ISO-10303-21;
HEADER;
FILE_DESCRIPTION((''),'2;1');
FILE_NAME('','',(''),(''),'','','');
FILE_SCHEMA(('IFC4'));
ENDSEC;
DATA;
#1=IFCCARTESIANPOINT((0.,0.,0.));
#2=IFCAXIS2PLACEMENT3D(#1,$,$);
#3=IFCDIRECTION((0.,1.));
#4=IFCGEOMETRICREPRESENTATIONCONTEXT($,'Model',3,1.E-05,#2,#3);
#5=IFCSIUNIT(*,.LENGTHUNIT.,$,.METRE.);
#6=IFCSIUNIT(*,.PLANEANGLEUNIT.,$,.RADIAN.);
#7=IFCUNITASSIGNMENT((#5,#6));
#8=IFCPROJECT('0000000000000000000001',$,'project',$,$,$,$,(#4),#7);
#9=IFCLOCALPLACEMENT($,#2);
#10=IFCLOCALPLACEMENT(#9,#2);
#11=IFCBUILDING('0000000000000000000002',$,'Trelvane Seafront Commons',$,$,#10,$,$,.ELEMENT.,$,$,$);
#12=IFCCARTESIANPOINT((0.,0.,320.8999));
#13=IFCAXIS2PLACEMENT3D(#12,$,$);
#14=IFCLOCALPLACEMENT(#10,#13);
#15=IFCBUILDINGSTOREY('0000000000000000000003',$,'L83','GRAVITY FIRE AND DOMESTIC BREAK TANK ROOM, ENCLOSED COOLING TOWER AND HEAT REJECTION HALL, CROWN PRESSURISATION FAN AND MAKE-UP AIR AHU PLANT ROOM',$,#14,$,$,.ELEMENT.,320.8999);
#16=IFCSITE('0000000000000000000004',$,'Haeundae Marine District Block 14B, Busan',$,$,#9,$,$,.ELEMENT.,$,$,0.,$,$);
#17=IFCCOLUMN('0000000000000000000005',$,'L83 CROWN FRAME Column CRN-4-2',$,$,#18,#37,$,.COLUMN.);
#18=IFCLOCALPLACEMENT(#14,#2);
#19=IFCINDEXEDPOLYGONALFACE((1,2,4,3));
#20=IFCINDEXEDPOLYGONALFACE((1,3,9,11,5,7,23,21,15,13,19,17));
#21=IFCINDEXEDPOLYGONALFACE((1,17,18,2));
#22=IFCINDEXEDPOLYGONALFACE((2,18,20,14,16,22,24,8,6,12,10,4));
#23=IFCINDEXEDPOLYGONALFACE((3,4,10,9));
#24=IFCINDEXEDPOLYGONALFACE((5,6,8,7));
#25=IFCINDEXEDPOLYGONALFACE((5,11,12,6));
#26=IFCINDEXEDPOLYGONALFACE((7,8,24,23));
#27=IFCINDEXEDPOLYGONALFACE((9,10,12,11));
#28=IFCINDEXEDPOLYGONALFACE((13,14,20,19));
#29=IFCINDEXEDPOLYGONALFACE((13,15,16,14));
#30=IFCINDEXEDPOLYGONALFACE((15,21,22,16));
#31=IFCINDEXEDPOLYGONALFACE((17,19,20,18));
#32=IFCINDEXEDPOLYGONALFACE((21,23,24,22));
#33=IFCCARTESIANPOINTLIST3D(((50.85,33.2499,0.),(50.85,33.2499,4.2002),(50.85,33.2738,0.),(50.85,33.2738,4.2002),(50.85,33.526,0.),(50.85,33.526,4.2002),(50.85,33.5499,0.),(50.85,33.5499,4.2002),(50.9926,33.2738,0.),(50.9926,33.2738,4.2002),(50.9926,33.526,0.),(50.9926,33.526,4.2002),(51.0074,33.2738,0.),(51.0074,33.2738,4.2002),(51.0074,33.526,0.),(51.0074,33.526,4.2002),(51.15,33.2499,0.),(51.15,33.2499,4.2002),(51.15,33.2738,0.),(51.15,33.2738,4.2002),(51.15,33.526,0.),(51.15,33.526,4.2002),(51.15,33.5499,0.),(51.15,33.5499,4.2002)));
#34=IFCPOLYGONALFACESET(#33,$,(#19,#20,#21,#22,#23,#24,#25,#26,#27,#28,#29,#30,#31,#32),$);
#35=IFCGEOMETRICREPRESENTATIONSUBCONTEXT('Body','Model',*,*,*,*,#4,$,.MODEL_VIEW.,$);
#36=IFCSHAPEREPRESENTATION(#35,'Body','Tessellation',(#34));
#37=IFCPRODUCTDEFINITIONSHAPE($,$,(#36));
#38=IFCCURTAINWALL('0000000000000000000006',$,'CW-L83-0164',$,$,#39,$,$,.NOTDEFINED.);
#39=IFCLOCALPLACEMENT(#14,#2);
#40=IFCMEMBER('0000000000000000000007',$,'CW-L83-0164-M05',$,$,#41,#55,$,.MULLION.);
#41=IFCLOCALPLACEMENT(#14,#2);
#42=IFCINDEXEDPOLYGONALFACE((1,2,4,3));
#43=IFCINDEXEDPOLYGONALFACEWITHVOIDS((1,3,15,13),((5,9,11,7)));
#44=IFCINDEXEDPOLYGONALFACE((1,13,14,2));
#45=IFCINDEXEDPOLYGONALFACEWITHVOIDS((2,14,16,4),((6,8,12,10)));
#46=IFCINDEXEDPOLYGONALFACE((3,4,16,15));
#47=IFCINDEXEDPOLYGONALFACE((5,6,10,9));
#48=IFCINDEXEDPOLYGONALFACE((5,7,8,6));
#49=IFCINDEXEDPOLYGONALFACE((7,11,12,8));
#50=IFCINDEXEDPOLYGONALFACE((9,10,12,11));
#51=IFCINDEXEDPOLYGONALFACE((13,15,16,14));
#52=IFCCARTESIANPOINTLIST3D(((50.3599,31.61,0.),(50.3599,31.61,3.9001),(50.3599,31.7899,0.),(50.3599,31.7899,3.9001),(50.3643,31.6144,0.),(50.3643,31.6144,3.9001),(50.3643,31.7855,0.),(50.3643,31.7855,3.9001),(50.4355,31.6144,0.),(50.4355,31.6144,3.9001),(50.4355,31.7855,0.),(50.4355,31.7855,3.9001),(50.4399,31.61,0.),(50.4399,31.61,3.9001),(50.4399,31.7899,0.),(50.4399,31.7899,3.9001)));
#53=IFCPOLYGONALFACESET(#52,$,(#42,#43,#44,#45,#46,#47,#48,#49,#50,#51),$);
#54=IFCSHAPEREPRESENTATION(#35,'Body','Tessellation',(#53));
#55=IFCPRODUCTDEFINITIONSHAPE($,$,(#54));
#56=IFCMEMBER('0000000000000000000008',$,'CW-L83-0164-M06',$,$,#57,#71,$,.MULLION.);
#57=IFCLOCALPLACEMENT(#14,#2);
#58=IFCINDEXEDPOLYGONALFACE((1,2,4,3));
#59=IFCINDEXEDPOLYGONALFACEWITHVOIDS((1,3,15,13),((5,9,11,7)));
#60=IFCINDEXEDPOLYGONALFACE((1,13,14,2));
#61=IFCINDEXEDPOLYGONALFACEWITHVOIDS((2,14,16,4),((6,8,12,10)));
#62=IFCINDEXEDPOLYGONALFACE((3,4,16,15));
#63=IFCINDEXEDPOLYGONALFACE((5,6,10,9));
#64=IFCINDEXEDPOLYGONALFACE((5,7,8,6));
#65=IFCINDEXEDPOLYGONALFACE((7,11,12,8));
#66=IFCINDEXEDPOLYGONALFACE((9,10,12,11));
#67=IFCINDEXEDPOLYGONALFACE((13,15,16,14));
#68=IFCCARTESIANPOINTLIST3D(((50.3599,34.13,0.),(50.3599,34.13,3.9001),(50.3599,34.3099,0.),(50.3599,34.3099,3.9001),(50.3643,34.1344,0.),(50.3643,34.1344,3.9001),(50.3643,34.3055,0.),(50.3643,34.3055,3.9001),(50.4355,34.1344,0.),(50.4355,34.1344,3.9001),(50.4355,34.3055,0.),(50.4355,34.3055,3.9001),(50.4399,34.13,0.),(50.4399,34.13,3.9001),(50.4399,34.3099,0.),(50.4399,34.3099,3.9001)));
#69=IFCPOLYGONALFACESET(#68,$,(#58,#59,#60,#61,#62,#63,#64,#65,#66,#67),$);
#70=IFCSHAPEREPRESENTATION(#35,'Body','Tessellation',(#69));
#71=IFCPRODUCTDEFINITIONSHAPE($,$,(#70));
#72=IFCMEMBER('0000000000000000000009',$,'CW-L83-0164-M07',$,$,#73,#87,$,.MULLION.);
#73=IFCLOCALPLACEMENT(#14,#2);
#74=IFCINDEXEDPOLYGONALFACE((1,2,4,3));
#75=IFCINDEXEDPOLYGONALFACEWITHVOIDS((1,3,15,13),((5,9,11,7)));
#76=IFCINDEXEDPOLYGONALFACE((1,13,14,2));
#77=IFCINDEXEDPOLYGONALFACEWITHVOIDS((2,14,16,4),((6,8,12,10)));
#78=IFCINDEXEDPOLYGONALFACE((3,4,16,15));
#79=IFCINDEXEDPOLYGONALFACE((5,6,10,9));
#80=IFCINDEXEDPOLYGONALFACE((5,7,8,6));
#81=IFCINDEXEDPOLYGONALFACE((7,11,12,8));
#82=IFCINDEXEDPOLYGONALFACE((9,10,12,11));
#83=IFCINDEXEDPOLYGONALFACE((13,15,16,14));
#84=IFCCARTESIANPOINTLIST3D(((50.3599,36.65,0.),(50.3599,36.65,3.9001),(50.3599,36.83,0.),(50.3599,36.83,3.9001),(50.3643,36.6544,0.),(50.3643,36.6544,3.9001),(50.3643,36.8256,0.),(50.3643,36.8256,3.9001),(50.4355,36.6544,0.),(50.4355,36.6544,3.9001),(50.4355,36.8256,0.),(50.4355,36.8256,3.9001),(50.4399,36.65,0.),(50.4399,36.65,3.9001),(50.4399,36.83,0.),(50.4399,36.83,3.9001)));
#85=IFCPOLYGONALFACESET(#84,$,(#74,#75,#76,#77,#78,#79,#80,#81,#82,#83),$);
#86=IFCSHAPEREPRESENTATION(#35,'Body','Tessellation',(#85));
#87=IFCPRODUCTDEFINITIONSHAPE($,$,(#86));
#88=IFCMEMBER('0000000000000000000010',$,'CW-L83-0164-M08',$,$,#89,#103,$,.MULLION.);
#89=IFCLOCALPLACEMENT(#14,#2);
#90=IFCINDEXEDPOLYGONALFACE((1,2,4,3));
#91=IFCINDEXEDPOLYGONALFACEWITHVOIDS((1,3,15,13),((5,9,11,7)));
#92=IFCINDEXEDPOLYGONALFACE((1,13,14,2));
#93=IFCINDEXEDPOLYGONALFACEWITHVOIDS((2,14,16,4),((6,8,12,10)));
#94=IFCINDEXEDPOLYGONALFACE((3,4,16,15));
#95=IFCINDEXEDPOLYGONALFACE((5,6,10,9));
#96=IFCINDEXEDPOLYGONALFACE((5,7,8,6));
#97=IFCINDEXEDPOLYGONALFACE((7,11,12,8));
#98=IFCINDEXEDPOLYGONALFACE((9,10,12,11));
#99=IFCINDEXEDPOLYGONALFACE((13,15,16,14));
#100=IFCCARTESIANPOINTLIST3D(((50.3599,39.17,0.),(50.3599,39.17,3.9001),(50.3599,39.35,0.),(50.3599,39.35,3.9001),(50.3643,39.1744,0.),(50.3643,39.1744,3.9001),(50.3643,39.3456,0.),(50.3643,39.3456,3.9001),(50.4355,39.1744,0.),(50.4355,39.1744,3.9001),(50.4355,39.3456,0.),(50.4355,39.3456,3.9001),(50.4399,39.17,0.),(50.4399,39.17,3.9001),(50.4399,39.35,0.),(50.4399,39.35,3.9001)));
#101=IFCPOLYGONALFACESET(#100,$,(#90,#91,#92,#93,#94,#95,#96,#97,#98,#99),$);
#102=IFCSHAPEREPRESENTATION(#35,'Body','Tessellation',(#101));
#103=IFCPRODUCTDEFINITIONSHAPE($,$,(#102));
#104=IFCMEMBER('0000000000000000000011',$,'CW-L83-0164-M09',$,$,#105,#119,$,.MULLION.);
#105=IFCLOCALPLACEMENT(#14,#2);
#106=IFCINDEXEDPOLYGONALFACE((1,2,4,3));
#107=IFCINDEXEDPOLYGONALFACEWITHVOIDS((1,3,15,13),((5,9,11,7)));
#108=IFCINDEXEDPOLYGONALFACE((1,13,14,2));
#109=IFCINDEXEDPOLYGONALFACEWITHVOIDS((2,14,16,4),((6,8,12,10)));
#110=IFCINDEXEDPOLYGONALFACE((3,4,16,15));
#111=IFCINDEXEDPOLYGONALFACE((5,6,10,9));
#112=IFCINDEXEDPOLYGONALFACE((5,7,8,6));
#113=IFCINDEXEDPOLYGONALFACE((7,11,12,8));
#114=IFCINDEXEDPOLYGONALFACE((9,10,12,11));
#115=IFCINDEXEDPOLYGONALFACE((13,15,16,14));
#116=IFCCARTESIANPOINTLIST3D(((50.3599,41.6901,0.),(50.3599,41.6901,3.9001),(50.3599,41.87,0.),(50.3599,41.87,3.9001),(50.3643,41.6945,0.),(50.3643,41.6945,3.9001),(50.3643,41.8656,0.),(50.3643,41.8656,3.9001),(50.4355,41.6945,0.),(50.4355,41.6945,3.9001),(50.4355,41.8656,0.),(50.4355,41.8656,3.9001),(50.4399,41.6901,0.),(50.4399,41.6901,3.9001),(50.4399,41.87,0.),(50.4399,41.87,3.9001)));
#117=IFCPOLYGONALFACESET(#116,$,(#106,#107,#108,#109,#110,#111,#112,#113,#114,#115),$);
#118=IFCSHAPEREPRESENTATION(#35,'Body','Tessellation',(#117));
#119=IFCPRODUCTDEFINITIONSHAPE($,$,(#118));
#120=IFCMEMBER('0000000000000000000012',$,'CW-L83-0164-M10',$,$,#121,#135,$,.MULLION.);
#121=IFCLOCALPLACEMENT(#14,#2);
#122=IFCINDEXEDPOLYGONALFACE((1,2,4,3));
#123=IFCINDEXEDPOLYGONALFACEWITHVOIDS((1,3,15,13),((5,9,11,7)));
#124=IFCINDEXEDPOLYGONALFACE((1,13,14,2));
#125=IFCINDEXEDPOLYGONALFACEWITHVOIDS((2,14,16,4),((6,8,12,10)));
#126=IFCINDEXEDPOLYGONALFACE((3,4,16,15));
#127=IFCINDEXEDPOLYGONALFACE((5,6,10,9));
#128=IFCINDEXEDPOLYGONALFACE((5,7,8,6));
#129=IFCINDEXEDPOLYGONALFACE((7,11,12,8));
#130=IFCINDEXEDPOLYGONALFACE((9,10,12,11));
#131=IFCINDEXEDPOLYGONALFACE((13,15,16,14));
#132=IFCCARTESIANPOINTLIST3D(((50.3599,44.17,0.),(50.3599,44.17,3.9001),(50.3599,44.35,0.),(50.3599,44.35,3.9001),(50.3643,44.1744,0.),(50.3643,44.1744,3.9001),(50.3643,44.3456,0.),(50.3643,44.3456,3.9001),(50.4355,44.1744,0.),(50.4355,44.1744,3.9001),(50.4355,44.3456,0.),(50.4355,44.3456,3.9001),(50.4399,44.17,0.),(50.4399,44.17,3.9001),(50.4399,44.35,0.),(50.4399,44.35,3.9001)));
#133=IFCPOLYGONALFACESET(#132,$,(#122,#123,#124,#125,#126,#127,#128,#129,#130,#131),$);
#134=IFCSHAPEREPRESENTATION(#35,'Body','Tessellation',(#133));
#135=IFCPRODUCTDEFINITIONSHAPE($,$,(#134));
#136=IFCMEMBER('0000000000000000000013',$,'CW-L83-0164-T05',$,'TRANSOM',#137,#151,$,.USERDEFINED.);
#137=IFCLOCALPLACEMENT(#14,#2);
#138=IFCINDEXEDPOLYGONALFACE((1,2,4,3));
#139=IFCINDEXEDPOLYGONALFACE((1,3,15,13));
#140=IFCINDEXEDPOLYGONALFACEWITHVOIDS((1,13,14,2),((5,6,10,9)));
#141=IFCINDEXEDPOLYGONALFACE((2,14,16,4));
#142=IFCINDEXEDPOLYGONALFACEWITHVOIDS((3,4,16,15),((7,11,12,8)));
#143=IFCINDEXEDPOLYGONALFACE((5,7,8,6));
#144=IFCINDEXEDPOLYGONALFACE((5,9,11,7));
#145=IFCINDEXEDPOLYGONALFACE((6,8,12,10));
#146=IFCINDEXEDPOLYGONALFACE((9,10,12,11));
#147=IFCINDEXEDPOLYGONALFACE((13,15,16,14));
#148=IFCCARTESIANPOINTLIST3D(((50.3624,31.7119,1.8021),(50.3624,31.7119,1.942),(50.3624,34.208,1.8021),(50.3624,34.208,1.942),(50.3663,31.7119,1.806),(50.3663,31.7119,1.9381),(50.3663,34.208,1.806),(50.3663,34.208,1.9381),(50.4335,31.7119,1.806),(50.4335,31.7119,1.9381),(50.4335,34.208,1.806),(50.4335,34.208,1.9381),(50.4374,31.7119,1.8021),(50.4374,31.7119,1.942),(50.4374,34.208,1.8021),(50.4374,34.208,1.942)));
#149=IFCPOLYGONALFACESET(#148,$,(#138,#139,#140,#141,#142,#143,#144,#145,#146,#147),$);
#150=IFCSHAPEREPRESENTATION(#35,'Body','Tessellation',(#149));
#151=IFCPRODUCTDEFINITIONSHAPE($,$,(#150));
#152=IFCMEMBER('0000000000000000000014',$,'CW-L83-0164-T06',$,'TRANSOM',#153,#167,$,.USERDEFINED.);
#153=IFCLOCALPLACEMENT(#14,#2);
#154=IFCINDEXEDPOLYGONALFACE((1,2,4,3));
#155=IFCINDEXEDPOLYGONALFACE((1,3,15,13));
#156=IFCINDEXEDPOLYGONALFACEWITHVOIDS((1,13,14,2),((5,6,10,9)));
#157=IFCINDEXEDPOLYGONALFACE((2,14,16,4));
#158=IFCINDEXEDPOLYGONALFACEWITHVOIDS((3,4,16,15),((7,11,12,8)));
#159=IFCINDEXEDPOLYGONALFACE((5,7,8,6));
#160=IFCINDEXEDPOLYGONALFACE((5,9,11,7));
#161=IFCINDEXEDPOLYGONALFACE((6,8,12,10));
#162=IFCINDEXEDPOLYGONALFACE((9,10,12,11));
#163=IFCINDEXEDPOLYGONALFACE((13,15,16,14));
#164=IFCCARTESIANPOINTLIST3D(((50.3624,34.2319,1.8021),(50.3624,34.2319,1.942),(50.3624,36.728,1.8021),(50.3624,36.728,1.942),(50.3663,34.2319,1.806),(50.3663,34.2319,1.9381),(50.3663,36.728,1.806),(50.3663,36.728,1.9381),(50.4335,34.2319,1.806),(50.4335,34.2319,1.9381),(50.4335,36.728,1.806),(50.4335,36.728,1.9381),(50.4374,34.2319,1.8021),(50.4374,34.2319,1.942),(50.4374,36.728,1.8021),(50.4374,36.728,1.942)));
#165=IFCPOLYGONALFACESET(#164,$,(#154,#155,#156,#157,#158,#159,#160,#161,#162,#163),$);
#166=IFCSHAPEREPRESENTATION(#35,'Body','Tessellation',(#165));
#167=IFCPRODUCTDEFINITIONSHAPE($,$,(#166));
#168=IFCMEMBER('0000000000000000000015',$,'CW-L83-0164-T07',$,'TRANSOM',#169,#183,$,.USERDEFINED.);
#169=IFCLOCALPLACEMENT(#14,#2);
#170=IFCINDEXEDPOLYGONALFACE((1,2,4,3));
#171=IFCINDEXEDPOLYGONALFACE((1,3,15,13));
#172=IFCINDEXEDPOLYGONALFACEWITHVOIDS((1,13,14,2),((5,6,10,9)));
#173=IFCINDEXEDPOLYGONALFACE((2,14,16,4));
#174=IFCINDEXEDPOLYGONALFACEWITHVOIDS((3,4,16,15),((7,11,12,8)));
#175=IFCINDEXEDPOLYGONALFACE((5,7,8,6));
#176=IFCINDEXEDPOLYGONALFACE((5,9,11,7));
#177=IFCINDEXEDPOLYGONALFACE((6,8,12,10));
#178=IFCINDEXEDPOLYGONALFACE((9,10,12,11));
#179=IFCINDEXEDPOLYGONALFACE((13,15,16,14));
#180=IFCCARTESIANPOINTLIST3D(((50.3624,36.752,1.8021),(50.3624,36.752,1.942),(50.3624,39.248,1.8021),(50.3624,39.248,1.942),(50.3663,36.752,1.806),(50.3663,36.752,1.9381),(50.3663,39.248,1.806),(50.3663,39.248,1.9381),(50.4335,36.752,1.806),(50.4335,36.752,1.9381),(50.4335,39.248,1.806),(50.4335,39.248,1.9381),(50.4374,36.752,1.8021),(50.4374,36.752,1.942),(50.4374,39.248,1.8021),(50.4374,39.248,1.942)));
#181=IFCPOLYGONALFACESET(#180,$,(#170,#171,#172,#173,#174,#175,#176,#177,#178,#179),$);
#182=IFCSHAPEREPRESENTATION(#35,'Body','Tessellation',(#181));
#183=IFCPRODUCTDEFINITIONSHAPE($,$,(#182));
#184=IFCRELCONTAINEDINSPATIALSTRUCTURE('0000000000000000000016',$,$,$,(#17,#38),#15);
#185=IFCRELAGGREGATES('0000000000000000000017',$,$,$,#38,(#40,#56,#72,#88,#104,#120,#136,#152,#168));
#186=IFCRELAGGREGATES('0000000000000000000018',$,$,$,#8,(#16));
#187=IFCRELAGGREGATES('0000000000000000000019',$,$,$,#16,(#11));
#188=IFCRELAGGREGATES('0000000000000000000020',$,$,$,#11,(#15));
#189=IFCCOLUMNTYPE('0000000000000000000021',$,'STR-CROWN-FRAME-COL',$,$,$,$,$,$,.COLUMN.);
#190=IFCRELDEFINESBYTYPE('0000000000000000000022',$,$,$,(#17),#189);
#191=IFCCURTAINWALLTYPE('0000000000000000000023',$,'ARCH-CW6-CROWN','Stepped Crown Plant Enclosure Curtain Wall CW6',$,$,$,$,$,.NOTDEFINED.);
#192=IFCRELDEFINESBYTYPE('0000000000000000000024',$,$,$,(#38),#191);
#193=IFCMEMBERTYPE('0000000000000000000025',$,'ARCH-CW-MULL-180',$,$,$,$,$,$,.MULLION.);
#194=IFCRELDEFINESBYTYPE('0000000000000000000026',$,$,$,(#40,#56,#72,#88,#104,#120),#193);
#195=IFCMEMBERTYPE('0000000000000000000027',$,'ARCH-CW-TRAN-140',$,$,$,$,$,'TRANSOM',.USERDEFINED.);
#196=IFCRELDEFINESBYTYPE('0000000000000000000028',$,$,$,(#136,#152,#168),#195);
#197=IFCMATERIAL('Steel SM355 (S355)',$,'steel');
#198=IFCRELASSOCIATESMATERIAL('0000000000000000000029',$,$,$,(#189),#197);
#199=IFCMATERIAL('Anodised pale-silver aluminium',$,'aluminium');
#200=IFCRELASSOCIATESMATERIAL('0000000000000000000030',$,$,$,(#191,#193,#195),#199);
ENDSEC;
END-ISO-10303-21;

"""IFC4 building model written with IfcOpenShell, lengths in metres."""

from ifc_helpers import new_model, si_unit, direction, frame, origin, origin_2d, place, context, subcontext, project, spatial, hollow_rectangle, i_section, extrude, source, transform, mapped, material, material_profile, profile_set, type_object, element, aggregate, save


model = new_model("IFC4")

# Units and contexts
model_context = context("Model", 3, precision=1e-05, world=origin(), true_north=direction((0.0, 1.0)))
body_context = subcontext(model_context, "Body", "Model", "MODEL_VIEW")
ifc_project = project(units=[si_unit("LENGTHUNIT", "METRE"), si_unit("PLANEANGLEUNIT", "RADIAN")], contexts=[model_context])

# Site, building, storey
site_placement = place(None, origin())
site = spatial("IfcSite", under=ifc_project, at=site_placement, Name="Haeundae Marine District Block 14B, Busan", CompositionType="ELEMENT", RefElevation=0.0)
building_placement = place(site_placement, origin())
building = spatial("IfcBuilding", under=site, at=building_placement, Name="Trelvane Seafront Commons", CompositionType="ELEMENT")
storey_placement = place(building_placement, frame((0.0, 0.0, 320.8999)))
storey = spatial("IfcBuildingStorey", under=building, at=storey_placement, Name="L83", Description="GRAVITY FIRE AND DOMESTIC BREAK TANK ROOM, ENCLOSED COOLING TOWER AND HEAT REJECTION HALL, CROWN PRESSURISATION FAN AND MAKE-UP AIR AHU PLANT ROOM", CompositionType="ELEMENT", Elevation=320.8999)

# Column
ifc_material_1 = material(Name="Steel SM355 (S355)", Category="steel")
ifc_material_profile_1 = material_profile(ifc_material_1, i_section(OverallWidth=0.3, OverallDepth=0.3, WebThickness=0.0149, FlangeThickness=0.0239, at=origin_2d()), Name="HD-300x300x15x24")
ifc_profile_set_1 = profile_set([ifc_material_profile_1], Name="Steel SM355 (S355)")
column_type = type_object("IfcColumnType", Name="STR-CROWN-FRAME-COL", PredefinedType="COLUMN", material=ifc_profile_set_1)
shared_shape_1 = source(origin(), body_context, "Body", "SweptSolid", [
    extrude(i_section(OverallWidth=0.3, OverallDepth=0.3, WebThickness=0.0149, FlangeThickness=0.0239, at=origin_2d()), origin(), (0.0, 0.0, 1.0), 4.2002),
])
column_placement = place(storey_placement, frame((51.0, 33.3999, 0.0), z_axis=(0.0, 0.0, 1.0), x_axis=(1.0, 0.0, 0.0)))
element("IfcColumn", 1, at=column_placement, inside=storey, type_object=column_type, Name="L83 CROWN FRAME Column CRN-4-2", PredefinedType="COLUMN", context=body_context, shape_type="MappedRepresentation", body=[
    mapped(shared_shape_1, transform((0.0, 0.0, 0.0), x_axis=(1.0, 0.0, 0.0), y_axis=(0.0, 1.0, 0.0), z_axis=(0.0, 0.0, 1.0), scale=1.0)),
])

# Curtain wall, members
ifc_material_2 = material(Name="Anodised pale-silver aluminium", Category="aluminium")
curtain_wall_type = type_object("IfcCurtainWallType", Name="ARCH-CW6-CROWN", Description="Stepped Crown Plant Enclosure Curtain Wall CW6", PredefinedType="NOTDEFINED", material=ifc_material_2)
curtain_wall_placement = place(storey_placement, origin())
curtain_wall = element("IfcCurtainWall", 2, at=curtain_wall_placement, inside=storey, type_object=curtain_wall_type, Name="CW-L83-0164", PredefinedType="NOTDEFINED")
ifc_material_profile_2 = material_profile(ifc_material_2, hollow_rectangle(XDim=0.0801, YDim=0.1799, WallThickness=0.0044, at=origin_2d()), Name="MULL-80x180x4.5")
ifc_profile_set_2 = profile_set([ifc_material_profile_2], Name="Anodised pale-silver aluminium")
member_type_1 = type_object("IfcMemberType", Name="ARCH-CW-MULL-180", PredefinedType="MULLION", material=ifc_profile_set_2)
shared_shape_2 = source(origin(), body_context, "Body", "SweptSolid", [
    extrude(hollow_rectangle(XDim=0.0801, YDim=0.1799, WallThickness=0.0044, at=origin_2d()), origin(), (0.0, 0.0, 1.0), 3.9001),
])
member_1_placement = place(storey_placement, frame((50.3999, 31.7, 0.0), z_axis=(0.0, 0.0, 1.0), x_axis=(1.0, 0.0, 0.0)))
member_1 = element("IfcMember", 3, at=member_1_placement, type_object=member_type_1, Name="CW-L83-0164-M05", PredefinedType="MULLION", context=body_context, shape_type="MappedRepresentation", body=[
    mapped(shared_shape_2, transform((0.0, 0.0, 0.0), x_axis=(1.0, 0.0, 0.0), y_axis=(0.0, 1.0, 0.0), z_axis=(0.0, 0.0, 1.0), scale=1.0)),
])
member_2_placement = place(storey_placement, frame((50.3999, 34.22, 0.0), z_axis=(0.0, 0.0, 1.0), x_axis=(1.0, 0.0, 0.0)))
member_2 = element("IfcMember", 4, at=member_2_placement, type_object=member_type_1, Name="CW-L83-0164-M06", PredefinedType="MULLION", context=body_context, shape_type="MappedRepresentation", body=[
    mapped(shared_shape_2, transform((0.0, 0.0, 0.0), x_axis=(1.0, 0.0, 0.0), y_axis=(0.0, 1.0, 0.0), z_axis=(0.0, 0.0, 1.0), scale=1.0)),
])
member_3_placement = place(storey_placement, frame((50.3999, 36.74, 0.0), z_axis=(0.0, 0.0, 1.0), x_axis=(1.0, 0.0, 0.0)))
member_3 = element("IfcMember", 5, at=member_3_placement, type_object=member_type_1, Name="CW-L83-0164-M07", PredefinedType="MULLION", context=body_context, shape_type="MappedRepresentation", body=[
    mapped(shared_shape_2, transform((0.0, 0.0, 0.0), x_axis=(1.0, 0.0, 0.0), y_axis=(0.0, 1.0, 0.0), z_axis=(0.0, 0.0, 1.0), scale=1.0)),
])
member_4_placement = place(storey_placement, frame((50.3999, 39.26, 0.0), z_axis=(0.0, 0.0, 1.0), x_axis=(1.0, 0.0, 0.0)))
member_4 = element("IfcMember", 6, at=member_4_placement, type_object=member_type_1, Name="CW-L83-0164-M08", PredefinedType="MULLION", context=body_context, shape_type="MappedRepresentation", body=[
    mapped(shared_shape_2, transform((0.0, 0.0, 0.0), x_axis=(1.0, 0.0, 0.0), y_axis=(0.0, 1.0, 0.0), z_axis=(0.0, 0.0, 1.0), scale=1.0)),
])
member_5_placement = place(storey_placement, frame((50.3999, 41.78, 0.0), z_axis=(0.0, 0.0, 1.0), x_axis=(1.0, 0.0, 0.0)))
member_5 = element("IfcMember", 7, at=member_5_placement, type_object=member_type_1, Name="CW-L83-0164-M09", PredefinedType="MULLION", context=body_context, shape_type="MappedRepresentation", body=[
    mapped(shared_shape_2, transform((0.0, 0.0, 0.0), x_axis=(1.0, 0.0, 0.0), y_axis=(0.0, 1.0, 0.0), z_axis=(0.0, 0.0, 1.0), scale=1.0)),
])
member_6_placement = place(storey_placement, frame((50.3999, 44.26, 0.0), z_axis=(0.0, 0.0, 1.0), x_axis=(1.0, 0.0, 0.0)))
member_6 = element("IfcMember", 8, at=member_6_placement, type_object=member_type_1, Name="CW-L83-0164-M10", PredefinedType="MULLION", context=body_context, shape_type="MappedRepresentation", body=[
    mapped(shared_shape_2, transform((0.0, 0.0, 0.0), x_axis=(1.0, 0.0, 0.0), y_axis=(0.0, 1.0, 0.0), z_axis=(0.0, 0.0, 1.0), scale=1.0)),
])
ifc_material_profile_3 = material_profile(ifc_material_2, hollow_rectangle(XDim=0.075, YDim=0.1399, WallThickness=0.0039, at=origin_2d()), Name="TRAN-75x140x4")
ifc_profile_set_3 = profile_set([ifc_material_profile_3], Name="Anodised pale-silver aluminium")
member_type_2 = type_object("IfcMemberType", Name="ARCH-CW-TRAN-140", ElementType="TRANSOM", PredefinedType="USERDEFINED", material=ifc_profile_set_3)
shared_shape_3 = source(origin(), body_context, "Body", "SweptSolid", [
    extrude(hollow_rectangle(XDim=0.075, YDim=0.1399, WallThickness=0.0039, at=origin_2d()), origin(), (0.0, 0.0, 1.0), 2.4961),
])
member_7_placement = place(storey_placement, frame((50.3999, 31.7119, 1.8721), z_axis=(0.0, 1.0, 0.0), x_axis=(-1.0, 0.0, 0.0)))
member_7 = element("IfcMember", 9, at=member_7_placement, type_object=member_type_2, Name="CW-L83-0164-T05", ObjectType="TRANSOM", PredefinedType="USERDEFINED", context=body_context, shape_type="MappedRepresentation", body=[
    mapped(shared_shape_3, transform((0.0, 0.0, 0.0), x_axis=(1.0, 0.0, 0.0), y_axis=(0.0, 1.0, 0.0), z_axis=(0.0, 0.0, 1.0), scale=1.0)),
])
member_8_placement = place(storey_placement, frame((50.3999, 34.2319, 1.8721), z_axis=(0.0, 1.0, 0.0), x_axis=(-1.0, 0.0, 0.0)))
member_8 = element("IfcMember", 10, at=member_8_placement, type_object=member_type_2, Name="CW-L83-0164-T06", ObjectType="TRANSOM", PredefinedType="USERDEFINED", context=body_context, shape_type="MappedRepresentation", body=[
    mapped(shared_shape_3, transform((0.0, 0.0, 0.0), x_axis=(1.0, 0.0, 0.0), y_axis=(0.0, 1.0, 0.0), z_axis=(0.0, 0.0, 1.0), scale=1.0)),
])
member_9_placement = place(storey_placement, frame((50.3999, 36.752, 1.8721), z_axis=(0.0, 1.0, 0.0), x_axis=(-1.0, 0.0, 0.0)))
member_9 = element("IfcMember", 11, at=member_9_placement, type_object=member_type_2, Name="CW-L83-0164-T07", ObjectType="TRANSOM", PredefinedType="USERDEFINED", context=body_context, shape_type="MappedRepresentation", body=[
    mapped(shared_shape_3, transform((0.0, 0.0, 0.0), x_axis=(1.0, 0.0, 0.0), y_axis=(0.0, 1.0, 0.0), z_axis=(0.0, 0.0, 1.0), scale=1.0)),
])

aggregate(curtain_wall, [member_1, member_2, member_3, member_4, member_5, member_6, member_7, member_8, member_9])

save(model, "model.ifc")
